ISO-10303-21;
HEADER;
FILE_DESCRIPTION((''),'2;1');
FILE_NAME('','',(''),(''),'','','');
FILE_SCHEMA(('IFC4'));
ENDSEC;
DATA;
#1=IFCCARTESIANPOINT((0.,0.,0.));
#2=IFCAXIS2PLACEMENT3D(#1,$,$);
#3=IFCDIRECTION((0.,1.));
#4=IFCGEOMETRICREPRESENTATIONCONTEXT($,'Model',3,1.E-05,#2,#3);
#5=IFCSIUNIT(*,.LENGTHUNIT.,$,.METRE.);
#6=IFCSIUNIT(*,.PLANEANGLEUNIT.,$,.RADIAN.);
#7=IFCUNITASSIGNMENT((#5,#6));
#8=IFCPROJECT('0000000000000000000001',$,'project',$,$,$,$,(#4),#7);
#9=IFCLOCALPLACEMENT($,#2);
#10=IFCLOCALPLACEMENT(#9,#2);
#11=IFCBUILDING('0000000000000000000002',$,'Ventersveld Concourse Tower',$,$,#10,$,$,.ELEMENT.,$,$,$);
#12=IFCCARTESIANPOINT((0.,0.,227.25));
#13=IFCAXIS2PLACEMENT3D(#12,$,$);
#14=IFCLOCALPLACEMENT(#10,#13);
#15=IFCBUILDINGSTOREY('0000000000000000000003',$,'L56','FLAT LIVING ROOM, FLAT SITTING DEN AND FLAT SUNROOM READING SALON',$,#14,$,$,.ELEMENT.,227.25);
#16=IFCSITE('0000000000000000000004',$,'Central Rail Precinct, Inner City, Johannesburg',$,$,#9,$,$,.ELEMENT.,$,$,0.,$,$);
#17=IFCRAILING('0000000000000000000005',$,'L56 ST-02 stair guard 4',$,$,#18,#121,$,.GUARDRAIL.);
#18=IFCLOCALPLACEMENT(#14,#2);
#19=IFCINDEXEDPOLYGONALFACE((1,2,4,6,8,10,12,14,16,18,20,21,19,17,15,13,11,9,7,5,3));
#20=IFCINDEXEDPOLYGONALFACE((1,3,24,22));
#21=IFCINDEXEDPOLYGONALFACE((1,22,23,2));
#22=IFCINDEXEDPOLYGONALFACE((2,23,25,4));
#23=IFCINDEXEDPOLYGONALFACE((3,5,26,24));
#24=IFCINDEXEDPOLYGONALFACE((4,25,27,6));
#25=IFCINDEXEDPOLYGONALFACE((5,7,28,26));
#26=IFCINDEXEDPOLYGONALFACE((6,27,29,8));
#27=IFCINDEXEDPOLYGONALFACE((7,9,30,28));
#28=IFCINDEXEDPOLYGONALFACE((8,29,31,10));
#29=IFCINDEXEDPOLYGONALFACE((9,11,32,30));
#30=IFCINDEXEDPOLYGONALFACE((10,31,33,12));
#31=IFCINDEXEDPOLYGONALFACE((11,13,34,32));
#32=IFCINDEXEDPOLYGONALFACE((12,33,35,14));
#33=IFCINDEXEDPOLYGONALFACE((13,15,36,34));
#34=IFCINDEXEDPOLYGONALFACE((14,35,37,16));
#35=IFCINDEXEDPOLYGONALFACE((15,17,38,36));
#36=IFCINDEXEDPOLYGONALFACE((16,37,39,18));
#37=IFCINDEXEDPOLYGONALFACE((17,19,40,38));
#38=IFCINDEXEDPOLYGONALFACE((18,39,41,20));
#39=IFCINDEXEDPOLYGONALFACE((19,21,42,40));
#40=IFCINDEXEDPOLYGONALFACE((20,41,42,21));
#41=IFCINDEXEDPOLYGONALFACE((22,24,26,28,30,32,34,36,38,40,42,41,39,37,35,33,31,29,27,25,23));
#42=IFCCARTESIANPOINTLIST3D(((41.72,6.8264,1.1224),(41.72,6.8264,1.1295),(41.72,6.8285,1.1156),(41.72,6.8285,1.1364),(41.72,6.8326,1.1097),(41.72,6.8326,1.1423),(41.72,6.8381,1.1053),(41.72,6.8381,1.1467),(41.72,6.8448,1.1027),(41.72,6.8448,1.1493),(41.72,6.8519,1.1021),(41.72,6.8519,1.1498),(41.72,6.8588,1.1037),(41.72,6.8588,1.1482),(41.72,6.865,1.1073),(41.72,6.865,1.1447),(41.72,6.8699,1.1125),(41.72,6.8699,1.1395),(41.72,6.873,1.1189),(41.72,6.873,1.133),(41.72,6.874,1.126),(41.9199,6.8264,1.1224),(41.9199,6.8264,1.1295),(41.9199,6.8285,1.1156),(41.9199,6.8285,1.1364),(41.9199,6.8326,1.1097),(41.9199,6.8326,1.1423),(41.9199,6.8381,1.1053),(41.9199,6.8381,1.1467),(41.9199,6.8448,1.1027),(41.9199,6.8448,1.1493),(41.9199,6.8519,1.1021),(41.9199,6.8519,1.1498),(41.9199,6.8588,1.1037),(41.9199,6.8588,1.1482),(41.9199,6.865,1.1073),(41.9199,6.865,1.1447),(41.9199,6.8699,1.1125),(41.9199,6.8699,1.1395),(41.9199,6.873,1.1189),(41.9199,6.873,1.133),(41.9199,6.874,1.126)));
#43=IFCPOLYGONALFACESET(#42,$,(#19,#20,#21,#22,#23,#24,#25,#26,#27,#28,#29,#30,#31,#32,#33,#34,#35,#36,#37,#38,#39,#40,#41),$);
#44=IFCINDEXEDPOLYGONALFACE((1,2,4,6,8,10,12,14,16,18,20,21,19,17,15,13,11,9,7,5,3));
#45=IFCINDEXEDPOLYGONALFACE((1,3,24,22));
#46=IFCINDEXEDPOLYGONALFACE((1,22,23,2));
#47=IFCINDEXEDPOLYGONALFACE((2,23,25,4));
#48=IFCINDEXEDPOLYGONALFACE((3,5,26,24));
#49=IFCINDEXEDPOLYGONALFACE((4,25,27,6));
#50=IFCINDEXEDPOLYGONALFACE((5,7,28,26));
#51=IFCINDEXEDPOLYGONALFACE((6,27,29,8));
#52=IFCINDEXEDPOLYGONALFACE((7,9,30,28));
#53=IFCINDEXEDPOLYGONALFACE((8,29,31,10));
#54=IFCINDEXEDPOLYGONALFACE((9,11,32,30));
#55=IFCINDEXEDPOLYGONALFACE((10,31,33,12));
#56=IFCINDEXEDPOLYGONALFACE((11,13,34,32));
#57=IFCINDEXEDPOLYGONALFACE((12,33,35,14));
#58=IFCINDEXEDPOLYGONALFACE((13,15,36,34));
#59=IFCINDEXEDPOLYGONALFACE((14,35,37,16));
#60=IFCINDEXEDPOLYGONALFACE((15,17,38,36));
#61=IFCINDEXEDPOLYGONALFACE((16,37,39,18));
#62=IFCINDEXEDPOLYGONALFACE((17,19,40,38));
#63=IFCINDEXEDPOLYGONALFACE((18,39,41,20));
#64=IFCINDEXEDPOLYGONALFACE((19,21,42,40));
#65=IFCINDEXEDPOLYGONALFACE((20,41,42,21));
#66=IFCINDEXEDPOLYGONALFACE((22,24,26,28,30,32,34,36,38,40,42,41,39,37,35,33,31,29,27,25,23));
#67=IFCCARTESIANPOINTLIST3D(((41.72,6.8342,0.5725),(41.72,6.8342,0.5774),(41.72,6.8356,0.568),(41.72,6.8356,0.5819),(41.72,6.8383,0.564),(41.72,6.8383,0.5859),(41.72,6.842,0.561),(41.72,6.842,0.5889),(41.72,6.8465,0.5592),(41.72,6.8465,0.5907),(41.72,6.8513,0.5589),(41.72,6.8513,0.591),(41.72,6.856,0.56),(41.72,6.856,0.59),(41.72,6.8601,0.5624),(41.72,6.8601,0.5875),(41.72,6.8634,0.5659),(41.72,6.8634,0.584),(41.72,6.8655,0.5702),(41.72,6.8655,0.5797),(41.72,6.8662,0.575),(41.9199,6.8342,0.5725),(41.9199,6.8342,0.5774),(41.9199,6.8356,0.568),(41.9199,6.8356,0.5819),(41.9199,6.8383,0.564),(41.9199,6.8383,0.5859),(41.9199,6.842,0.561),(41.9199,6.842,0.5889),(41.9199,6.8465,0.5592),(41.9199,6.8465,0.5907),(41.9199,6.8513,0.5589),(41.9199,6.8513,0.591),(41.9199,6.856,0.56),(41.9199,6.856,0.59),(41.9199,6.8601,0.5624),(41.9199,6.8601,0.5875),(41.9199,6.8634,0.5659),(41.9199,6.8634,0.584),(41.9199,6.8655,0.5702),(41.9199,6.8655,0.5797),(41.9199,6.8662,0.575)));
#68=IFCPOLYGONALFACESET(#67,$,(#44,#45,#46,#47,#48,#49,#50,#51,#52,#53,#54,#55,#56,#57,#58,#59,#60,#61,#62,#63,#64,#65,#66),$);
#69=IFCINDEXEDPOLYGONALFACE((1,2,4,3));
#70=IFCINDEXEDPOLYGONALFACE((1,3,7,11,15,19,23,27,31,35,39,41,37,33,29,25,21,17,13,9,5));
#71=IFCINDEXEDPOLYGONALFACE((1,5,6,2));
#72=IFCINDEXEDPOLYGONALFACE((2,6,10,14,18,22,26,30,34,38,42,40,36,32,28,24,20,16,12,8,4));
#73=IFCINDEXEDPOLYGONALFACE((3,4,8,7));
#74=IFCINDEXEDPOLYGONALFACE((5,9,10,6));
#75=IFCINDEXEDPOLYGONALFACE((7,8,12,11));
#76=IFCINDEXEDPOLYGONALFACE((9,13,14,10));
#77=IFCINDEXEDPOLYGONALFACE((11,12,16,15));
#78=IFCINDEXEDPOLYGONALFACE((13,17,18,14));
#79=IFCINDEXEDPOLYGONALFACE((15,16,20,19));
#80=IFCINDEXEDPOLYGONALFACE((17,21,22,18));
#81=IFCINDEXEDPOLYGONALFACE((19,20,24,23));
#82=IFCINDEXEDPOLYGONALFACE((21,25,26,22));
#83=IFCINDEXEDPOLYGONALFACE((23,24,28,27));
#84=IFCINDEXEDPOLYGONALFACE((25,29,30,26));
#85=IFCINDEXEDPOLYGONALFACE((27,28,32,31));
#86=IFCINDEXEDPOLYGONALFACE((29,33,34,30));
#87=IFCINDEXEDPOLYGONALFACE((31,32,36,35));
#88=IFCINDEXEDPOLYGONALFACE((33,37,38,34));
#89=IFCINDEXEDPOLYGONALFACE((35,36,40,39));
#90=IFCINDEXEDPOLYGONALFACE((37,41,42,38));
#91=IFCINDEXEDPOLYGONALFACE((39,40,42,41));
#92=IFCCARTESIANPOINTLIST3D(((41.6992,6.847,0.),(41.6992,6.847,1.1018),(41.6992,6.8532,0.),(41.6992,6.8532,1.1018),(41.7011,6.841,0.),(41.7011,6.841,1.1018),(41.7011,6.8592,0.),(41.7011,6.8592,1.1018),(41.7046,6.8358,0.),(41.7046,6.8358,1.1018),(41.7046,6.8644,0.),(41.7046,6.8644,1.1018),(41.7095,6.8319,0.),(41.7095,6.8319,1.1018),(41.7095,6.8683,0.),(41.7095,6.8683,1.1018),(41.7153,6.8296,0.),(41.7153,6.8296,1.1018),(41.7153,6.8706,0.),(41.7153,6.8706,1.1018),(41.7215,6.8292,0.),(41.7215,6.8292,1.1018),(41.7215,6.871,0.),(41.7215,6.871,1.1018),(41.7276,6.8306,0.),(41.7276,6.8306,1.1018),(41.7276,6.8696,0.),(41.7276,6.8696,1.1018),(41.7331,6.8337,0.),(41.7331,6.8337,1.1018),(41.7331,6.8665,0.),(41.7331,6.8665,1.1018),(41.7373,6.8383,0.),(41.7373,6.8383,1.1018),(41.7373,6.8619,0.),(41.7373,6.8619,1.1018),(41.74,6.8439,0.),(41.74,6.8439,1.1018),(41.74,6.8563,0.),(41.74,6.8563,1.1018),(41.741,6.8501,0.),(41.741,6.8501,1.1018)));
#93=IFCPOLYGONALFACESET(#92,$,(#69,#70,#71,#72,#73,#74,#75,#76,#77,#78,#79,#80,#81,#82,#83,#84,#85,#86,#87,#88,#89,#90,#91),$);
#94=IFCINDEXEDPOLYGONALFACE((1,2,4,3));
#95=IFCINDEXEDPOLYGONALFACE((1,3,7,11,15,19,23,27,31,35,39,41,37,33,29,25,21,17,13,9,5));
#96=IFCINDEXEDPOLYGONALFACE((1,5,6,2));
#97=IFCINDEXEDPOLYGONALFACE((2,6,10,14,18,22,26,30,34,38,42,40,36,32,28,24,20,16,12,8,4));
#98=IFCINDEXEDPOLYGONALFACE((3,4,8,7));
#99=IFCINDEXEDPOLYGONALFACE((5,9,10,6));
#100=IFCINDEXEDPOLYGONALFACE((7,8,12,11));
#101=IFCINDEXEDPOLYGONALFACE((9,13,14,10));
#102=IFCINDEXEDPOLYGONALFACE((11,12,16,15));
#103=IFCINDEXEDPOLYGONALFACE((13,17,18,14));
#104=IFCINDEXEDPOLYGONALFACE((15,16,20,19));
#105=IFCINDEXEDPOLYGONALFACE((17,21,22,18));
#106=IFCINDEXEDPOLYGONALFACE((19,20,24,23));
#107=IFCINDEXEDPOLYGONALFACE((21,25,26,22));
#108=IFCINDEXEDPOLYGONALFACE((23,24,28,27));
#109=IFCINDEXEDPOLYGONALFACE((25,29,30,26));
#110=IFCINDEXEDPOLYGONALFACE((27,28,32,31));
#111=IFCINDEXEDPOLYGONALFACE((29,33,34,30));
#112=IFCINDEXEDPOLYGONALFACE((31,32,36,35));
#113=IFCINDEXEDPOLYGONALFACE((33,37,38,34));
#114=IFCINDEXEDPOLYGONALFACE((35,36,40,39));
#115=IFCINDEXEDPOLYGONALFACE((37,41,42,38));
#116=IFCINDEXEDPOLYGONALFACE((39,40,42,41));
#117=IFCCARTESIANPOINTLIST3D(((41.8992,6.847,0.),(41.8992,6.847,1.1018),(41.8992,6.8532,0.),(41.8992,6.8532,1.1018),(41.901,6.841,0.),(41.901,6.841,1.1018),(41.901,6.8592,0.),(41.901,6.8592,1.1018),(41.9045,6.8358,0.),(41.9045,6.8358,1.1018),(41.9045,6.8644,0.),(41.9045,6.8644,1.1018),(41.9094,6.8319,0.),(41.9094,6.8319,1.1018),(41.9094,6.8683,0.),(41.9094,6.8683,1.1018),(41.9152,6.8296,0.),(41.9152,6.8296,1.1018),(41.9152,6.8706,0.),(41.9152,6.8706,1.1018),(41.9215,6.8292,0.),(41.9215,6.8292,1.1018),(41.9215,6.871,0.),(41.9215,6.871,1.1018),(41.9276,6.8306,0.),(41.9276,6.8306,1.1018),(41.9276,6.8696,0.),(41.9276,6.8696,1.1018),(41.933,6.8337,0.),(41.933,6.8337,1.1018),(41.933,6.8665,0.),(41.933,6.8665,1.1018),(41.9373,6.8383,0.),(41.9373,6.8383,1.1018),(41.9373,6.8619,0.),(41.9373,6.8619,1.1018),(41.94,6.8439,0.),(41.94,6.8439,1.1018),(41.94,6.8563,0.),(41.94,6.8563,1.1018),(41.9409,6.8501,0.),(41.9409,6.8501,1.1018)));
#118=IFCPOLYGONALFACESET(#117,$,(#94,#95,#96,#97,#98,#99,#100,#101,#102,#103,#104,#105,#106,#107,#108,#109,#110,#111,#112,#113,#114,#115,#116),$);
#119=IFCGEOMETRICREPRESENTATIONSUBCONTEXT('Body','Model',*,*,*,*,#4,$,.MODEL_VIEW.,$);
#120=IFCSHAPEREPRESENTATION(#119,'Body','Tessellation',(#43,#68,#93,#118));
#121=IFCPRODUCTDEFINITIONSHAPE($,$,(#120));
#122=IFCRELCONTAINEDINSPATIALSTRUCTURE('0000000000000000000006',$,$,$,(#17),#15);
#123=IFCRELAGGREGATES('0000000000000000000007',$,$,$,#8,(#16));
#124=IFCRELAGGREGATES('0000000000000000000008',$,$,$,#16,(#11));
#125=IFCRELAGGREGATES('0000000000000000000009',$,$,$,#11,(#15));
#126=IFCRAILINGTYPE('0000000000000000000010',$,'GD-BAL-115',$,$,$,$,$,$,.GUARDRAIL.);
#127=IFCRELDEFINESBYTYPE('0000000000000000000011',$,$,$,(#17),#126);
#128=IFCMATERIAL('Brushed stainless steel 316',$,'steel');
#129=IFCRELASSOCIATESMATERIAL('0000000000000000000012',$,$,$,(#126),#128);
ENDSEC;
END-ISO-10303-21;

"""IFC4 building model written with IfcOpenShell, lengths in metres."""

from ifc_helpers import new_model, si_unit, direction, frame, origin, origin_2d, place, context, subcontext, project, spatial, circle, extrude, material, type_object, element, save


model = new_model("IFC4")

# Units and contexts
model_context = context("Model", 3, precision=1e-05, world=origin(), true_north=direction((0.0, 1.0)))
body_context = subcontext(model_context, "Body", "Model", "MODEL_VIEW")
ifc_project = project(units=[si_unit("LENGTHUNIT", "METRE"), si_unit("PLANEANGLEUNIT", "RADIAN")], contexts=[model_context])

# Site, building, storey
site_placement = place(None, origin())
site = spatial("IfcSite", under=ifc_project, at=site_placement, Name="Central Rail Precinct, Inner City, Johannesburg", CompositionType="ELEMENT", RefElevation=0.0)
building_placement = place(site_placement, origin())
building = spatial("IfcBuilding", under=site, at=building_placement, Name="Ventersveld Concourse Tower", CompositionType="ELEMENT")
storey_placement = place(building_placement, frame((0.0, 0.0, 227.25)))
storey = spatial("IfcBuildingStorey", under=building, at=storey_placement, Name="L56", Description="FLAT LIVING ROOM, FLAT SITTING DEN AND FLAT SUNROOM READING SALON", CompositionType="ELEMENT", Elevation=227.25)

# Railing
ifc_material_1 = material(Name="Brushed stainless steel 316", Category="steel")
railing_type_1 = type_object("IfcRailingType", Name="GD-BAL-115", PredefinedType="GUARDRAIL", material=ifc_material_1)
railing_1_placement = place(storey_placement, frame((41.72, 6.8501, 0.0)))
element("IfcRailing", 1, at=railing_1_placement, inside=storey, type_object=railing_type_1, Name="L56 ST-02 stair guard 4", PredefinedType="GUARDRAIL", context=body_context, shape_type="SweptSolid", body=[
    extrude(circle(Radius=0.0239, at=origin_2d()), frame((0.0, 0.0, 1.126), z_axis=(1.0, 0.0, 0.0), x_axis=(0.0, 1.0, 0.0)), (0.0, 0.0, 1.0), 0.2),
    extrude(circle(Radius=0.0161, at=origin_2d()), frame((0.0, 0.0, 0.575), z_axis=(1.0, 0.0, 0.0), x_axis=(0.0, 1.0, 0.0)), (0.0, 0.0, 1.0), 0.2),
    extrude(circle(Radius=0.021, at=origin_2d()), origin(), (0.0, 0.0, 1.0), 1.1018),
    extrude(circle(Radius=0.021, at=origin_2d()), frame((0.2, 0.0, 0.0)), (0.0, 0.0, 1.0), 1.1018),
])

save(model, "model.ifc")
